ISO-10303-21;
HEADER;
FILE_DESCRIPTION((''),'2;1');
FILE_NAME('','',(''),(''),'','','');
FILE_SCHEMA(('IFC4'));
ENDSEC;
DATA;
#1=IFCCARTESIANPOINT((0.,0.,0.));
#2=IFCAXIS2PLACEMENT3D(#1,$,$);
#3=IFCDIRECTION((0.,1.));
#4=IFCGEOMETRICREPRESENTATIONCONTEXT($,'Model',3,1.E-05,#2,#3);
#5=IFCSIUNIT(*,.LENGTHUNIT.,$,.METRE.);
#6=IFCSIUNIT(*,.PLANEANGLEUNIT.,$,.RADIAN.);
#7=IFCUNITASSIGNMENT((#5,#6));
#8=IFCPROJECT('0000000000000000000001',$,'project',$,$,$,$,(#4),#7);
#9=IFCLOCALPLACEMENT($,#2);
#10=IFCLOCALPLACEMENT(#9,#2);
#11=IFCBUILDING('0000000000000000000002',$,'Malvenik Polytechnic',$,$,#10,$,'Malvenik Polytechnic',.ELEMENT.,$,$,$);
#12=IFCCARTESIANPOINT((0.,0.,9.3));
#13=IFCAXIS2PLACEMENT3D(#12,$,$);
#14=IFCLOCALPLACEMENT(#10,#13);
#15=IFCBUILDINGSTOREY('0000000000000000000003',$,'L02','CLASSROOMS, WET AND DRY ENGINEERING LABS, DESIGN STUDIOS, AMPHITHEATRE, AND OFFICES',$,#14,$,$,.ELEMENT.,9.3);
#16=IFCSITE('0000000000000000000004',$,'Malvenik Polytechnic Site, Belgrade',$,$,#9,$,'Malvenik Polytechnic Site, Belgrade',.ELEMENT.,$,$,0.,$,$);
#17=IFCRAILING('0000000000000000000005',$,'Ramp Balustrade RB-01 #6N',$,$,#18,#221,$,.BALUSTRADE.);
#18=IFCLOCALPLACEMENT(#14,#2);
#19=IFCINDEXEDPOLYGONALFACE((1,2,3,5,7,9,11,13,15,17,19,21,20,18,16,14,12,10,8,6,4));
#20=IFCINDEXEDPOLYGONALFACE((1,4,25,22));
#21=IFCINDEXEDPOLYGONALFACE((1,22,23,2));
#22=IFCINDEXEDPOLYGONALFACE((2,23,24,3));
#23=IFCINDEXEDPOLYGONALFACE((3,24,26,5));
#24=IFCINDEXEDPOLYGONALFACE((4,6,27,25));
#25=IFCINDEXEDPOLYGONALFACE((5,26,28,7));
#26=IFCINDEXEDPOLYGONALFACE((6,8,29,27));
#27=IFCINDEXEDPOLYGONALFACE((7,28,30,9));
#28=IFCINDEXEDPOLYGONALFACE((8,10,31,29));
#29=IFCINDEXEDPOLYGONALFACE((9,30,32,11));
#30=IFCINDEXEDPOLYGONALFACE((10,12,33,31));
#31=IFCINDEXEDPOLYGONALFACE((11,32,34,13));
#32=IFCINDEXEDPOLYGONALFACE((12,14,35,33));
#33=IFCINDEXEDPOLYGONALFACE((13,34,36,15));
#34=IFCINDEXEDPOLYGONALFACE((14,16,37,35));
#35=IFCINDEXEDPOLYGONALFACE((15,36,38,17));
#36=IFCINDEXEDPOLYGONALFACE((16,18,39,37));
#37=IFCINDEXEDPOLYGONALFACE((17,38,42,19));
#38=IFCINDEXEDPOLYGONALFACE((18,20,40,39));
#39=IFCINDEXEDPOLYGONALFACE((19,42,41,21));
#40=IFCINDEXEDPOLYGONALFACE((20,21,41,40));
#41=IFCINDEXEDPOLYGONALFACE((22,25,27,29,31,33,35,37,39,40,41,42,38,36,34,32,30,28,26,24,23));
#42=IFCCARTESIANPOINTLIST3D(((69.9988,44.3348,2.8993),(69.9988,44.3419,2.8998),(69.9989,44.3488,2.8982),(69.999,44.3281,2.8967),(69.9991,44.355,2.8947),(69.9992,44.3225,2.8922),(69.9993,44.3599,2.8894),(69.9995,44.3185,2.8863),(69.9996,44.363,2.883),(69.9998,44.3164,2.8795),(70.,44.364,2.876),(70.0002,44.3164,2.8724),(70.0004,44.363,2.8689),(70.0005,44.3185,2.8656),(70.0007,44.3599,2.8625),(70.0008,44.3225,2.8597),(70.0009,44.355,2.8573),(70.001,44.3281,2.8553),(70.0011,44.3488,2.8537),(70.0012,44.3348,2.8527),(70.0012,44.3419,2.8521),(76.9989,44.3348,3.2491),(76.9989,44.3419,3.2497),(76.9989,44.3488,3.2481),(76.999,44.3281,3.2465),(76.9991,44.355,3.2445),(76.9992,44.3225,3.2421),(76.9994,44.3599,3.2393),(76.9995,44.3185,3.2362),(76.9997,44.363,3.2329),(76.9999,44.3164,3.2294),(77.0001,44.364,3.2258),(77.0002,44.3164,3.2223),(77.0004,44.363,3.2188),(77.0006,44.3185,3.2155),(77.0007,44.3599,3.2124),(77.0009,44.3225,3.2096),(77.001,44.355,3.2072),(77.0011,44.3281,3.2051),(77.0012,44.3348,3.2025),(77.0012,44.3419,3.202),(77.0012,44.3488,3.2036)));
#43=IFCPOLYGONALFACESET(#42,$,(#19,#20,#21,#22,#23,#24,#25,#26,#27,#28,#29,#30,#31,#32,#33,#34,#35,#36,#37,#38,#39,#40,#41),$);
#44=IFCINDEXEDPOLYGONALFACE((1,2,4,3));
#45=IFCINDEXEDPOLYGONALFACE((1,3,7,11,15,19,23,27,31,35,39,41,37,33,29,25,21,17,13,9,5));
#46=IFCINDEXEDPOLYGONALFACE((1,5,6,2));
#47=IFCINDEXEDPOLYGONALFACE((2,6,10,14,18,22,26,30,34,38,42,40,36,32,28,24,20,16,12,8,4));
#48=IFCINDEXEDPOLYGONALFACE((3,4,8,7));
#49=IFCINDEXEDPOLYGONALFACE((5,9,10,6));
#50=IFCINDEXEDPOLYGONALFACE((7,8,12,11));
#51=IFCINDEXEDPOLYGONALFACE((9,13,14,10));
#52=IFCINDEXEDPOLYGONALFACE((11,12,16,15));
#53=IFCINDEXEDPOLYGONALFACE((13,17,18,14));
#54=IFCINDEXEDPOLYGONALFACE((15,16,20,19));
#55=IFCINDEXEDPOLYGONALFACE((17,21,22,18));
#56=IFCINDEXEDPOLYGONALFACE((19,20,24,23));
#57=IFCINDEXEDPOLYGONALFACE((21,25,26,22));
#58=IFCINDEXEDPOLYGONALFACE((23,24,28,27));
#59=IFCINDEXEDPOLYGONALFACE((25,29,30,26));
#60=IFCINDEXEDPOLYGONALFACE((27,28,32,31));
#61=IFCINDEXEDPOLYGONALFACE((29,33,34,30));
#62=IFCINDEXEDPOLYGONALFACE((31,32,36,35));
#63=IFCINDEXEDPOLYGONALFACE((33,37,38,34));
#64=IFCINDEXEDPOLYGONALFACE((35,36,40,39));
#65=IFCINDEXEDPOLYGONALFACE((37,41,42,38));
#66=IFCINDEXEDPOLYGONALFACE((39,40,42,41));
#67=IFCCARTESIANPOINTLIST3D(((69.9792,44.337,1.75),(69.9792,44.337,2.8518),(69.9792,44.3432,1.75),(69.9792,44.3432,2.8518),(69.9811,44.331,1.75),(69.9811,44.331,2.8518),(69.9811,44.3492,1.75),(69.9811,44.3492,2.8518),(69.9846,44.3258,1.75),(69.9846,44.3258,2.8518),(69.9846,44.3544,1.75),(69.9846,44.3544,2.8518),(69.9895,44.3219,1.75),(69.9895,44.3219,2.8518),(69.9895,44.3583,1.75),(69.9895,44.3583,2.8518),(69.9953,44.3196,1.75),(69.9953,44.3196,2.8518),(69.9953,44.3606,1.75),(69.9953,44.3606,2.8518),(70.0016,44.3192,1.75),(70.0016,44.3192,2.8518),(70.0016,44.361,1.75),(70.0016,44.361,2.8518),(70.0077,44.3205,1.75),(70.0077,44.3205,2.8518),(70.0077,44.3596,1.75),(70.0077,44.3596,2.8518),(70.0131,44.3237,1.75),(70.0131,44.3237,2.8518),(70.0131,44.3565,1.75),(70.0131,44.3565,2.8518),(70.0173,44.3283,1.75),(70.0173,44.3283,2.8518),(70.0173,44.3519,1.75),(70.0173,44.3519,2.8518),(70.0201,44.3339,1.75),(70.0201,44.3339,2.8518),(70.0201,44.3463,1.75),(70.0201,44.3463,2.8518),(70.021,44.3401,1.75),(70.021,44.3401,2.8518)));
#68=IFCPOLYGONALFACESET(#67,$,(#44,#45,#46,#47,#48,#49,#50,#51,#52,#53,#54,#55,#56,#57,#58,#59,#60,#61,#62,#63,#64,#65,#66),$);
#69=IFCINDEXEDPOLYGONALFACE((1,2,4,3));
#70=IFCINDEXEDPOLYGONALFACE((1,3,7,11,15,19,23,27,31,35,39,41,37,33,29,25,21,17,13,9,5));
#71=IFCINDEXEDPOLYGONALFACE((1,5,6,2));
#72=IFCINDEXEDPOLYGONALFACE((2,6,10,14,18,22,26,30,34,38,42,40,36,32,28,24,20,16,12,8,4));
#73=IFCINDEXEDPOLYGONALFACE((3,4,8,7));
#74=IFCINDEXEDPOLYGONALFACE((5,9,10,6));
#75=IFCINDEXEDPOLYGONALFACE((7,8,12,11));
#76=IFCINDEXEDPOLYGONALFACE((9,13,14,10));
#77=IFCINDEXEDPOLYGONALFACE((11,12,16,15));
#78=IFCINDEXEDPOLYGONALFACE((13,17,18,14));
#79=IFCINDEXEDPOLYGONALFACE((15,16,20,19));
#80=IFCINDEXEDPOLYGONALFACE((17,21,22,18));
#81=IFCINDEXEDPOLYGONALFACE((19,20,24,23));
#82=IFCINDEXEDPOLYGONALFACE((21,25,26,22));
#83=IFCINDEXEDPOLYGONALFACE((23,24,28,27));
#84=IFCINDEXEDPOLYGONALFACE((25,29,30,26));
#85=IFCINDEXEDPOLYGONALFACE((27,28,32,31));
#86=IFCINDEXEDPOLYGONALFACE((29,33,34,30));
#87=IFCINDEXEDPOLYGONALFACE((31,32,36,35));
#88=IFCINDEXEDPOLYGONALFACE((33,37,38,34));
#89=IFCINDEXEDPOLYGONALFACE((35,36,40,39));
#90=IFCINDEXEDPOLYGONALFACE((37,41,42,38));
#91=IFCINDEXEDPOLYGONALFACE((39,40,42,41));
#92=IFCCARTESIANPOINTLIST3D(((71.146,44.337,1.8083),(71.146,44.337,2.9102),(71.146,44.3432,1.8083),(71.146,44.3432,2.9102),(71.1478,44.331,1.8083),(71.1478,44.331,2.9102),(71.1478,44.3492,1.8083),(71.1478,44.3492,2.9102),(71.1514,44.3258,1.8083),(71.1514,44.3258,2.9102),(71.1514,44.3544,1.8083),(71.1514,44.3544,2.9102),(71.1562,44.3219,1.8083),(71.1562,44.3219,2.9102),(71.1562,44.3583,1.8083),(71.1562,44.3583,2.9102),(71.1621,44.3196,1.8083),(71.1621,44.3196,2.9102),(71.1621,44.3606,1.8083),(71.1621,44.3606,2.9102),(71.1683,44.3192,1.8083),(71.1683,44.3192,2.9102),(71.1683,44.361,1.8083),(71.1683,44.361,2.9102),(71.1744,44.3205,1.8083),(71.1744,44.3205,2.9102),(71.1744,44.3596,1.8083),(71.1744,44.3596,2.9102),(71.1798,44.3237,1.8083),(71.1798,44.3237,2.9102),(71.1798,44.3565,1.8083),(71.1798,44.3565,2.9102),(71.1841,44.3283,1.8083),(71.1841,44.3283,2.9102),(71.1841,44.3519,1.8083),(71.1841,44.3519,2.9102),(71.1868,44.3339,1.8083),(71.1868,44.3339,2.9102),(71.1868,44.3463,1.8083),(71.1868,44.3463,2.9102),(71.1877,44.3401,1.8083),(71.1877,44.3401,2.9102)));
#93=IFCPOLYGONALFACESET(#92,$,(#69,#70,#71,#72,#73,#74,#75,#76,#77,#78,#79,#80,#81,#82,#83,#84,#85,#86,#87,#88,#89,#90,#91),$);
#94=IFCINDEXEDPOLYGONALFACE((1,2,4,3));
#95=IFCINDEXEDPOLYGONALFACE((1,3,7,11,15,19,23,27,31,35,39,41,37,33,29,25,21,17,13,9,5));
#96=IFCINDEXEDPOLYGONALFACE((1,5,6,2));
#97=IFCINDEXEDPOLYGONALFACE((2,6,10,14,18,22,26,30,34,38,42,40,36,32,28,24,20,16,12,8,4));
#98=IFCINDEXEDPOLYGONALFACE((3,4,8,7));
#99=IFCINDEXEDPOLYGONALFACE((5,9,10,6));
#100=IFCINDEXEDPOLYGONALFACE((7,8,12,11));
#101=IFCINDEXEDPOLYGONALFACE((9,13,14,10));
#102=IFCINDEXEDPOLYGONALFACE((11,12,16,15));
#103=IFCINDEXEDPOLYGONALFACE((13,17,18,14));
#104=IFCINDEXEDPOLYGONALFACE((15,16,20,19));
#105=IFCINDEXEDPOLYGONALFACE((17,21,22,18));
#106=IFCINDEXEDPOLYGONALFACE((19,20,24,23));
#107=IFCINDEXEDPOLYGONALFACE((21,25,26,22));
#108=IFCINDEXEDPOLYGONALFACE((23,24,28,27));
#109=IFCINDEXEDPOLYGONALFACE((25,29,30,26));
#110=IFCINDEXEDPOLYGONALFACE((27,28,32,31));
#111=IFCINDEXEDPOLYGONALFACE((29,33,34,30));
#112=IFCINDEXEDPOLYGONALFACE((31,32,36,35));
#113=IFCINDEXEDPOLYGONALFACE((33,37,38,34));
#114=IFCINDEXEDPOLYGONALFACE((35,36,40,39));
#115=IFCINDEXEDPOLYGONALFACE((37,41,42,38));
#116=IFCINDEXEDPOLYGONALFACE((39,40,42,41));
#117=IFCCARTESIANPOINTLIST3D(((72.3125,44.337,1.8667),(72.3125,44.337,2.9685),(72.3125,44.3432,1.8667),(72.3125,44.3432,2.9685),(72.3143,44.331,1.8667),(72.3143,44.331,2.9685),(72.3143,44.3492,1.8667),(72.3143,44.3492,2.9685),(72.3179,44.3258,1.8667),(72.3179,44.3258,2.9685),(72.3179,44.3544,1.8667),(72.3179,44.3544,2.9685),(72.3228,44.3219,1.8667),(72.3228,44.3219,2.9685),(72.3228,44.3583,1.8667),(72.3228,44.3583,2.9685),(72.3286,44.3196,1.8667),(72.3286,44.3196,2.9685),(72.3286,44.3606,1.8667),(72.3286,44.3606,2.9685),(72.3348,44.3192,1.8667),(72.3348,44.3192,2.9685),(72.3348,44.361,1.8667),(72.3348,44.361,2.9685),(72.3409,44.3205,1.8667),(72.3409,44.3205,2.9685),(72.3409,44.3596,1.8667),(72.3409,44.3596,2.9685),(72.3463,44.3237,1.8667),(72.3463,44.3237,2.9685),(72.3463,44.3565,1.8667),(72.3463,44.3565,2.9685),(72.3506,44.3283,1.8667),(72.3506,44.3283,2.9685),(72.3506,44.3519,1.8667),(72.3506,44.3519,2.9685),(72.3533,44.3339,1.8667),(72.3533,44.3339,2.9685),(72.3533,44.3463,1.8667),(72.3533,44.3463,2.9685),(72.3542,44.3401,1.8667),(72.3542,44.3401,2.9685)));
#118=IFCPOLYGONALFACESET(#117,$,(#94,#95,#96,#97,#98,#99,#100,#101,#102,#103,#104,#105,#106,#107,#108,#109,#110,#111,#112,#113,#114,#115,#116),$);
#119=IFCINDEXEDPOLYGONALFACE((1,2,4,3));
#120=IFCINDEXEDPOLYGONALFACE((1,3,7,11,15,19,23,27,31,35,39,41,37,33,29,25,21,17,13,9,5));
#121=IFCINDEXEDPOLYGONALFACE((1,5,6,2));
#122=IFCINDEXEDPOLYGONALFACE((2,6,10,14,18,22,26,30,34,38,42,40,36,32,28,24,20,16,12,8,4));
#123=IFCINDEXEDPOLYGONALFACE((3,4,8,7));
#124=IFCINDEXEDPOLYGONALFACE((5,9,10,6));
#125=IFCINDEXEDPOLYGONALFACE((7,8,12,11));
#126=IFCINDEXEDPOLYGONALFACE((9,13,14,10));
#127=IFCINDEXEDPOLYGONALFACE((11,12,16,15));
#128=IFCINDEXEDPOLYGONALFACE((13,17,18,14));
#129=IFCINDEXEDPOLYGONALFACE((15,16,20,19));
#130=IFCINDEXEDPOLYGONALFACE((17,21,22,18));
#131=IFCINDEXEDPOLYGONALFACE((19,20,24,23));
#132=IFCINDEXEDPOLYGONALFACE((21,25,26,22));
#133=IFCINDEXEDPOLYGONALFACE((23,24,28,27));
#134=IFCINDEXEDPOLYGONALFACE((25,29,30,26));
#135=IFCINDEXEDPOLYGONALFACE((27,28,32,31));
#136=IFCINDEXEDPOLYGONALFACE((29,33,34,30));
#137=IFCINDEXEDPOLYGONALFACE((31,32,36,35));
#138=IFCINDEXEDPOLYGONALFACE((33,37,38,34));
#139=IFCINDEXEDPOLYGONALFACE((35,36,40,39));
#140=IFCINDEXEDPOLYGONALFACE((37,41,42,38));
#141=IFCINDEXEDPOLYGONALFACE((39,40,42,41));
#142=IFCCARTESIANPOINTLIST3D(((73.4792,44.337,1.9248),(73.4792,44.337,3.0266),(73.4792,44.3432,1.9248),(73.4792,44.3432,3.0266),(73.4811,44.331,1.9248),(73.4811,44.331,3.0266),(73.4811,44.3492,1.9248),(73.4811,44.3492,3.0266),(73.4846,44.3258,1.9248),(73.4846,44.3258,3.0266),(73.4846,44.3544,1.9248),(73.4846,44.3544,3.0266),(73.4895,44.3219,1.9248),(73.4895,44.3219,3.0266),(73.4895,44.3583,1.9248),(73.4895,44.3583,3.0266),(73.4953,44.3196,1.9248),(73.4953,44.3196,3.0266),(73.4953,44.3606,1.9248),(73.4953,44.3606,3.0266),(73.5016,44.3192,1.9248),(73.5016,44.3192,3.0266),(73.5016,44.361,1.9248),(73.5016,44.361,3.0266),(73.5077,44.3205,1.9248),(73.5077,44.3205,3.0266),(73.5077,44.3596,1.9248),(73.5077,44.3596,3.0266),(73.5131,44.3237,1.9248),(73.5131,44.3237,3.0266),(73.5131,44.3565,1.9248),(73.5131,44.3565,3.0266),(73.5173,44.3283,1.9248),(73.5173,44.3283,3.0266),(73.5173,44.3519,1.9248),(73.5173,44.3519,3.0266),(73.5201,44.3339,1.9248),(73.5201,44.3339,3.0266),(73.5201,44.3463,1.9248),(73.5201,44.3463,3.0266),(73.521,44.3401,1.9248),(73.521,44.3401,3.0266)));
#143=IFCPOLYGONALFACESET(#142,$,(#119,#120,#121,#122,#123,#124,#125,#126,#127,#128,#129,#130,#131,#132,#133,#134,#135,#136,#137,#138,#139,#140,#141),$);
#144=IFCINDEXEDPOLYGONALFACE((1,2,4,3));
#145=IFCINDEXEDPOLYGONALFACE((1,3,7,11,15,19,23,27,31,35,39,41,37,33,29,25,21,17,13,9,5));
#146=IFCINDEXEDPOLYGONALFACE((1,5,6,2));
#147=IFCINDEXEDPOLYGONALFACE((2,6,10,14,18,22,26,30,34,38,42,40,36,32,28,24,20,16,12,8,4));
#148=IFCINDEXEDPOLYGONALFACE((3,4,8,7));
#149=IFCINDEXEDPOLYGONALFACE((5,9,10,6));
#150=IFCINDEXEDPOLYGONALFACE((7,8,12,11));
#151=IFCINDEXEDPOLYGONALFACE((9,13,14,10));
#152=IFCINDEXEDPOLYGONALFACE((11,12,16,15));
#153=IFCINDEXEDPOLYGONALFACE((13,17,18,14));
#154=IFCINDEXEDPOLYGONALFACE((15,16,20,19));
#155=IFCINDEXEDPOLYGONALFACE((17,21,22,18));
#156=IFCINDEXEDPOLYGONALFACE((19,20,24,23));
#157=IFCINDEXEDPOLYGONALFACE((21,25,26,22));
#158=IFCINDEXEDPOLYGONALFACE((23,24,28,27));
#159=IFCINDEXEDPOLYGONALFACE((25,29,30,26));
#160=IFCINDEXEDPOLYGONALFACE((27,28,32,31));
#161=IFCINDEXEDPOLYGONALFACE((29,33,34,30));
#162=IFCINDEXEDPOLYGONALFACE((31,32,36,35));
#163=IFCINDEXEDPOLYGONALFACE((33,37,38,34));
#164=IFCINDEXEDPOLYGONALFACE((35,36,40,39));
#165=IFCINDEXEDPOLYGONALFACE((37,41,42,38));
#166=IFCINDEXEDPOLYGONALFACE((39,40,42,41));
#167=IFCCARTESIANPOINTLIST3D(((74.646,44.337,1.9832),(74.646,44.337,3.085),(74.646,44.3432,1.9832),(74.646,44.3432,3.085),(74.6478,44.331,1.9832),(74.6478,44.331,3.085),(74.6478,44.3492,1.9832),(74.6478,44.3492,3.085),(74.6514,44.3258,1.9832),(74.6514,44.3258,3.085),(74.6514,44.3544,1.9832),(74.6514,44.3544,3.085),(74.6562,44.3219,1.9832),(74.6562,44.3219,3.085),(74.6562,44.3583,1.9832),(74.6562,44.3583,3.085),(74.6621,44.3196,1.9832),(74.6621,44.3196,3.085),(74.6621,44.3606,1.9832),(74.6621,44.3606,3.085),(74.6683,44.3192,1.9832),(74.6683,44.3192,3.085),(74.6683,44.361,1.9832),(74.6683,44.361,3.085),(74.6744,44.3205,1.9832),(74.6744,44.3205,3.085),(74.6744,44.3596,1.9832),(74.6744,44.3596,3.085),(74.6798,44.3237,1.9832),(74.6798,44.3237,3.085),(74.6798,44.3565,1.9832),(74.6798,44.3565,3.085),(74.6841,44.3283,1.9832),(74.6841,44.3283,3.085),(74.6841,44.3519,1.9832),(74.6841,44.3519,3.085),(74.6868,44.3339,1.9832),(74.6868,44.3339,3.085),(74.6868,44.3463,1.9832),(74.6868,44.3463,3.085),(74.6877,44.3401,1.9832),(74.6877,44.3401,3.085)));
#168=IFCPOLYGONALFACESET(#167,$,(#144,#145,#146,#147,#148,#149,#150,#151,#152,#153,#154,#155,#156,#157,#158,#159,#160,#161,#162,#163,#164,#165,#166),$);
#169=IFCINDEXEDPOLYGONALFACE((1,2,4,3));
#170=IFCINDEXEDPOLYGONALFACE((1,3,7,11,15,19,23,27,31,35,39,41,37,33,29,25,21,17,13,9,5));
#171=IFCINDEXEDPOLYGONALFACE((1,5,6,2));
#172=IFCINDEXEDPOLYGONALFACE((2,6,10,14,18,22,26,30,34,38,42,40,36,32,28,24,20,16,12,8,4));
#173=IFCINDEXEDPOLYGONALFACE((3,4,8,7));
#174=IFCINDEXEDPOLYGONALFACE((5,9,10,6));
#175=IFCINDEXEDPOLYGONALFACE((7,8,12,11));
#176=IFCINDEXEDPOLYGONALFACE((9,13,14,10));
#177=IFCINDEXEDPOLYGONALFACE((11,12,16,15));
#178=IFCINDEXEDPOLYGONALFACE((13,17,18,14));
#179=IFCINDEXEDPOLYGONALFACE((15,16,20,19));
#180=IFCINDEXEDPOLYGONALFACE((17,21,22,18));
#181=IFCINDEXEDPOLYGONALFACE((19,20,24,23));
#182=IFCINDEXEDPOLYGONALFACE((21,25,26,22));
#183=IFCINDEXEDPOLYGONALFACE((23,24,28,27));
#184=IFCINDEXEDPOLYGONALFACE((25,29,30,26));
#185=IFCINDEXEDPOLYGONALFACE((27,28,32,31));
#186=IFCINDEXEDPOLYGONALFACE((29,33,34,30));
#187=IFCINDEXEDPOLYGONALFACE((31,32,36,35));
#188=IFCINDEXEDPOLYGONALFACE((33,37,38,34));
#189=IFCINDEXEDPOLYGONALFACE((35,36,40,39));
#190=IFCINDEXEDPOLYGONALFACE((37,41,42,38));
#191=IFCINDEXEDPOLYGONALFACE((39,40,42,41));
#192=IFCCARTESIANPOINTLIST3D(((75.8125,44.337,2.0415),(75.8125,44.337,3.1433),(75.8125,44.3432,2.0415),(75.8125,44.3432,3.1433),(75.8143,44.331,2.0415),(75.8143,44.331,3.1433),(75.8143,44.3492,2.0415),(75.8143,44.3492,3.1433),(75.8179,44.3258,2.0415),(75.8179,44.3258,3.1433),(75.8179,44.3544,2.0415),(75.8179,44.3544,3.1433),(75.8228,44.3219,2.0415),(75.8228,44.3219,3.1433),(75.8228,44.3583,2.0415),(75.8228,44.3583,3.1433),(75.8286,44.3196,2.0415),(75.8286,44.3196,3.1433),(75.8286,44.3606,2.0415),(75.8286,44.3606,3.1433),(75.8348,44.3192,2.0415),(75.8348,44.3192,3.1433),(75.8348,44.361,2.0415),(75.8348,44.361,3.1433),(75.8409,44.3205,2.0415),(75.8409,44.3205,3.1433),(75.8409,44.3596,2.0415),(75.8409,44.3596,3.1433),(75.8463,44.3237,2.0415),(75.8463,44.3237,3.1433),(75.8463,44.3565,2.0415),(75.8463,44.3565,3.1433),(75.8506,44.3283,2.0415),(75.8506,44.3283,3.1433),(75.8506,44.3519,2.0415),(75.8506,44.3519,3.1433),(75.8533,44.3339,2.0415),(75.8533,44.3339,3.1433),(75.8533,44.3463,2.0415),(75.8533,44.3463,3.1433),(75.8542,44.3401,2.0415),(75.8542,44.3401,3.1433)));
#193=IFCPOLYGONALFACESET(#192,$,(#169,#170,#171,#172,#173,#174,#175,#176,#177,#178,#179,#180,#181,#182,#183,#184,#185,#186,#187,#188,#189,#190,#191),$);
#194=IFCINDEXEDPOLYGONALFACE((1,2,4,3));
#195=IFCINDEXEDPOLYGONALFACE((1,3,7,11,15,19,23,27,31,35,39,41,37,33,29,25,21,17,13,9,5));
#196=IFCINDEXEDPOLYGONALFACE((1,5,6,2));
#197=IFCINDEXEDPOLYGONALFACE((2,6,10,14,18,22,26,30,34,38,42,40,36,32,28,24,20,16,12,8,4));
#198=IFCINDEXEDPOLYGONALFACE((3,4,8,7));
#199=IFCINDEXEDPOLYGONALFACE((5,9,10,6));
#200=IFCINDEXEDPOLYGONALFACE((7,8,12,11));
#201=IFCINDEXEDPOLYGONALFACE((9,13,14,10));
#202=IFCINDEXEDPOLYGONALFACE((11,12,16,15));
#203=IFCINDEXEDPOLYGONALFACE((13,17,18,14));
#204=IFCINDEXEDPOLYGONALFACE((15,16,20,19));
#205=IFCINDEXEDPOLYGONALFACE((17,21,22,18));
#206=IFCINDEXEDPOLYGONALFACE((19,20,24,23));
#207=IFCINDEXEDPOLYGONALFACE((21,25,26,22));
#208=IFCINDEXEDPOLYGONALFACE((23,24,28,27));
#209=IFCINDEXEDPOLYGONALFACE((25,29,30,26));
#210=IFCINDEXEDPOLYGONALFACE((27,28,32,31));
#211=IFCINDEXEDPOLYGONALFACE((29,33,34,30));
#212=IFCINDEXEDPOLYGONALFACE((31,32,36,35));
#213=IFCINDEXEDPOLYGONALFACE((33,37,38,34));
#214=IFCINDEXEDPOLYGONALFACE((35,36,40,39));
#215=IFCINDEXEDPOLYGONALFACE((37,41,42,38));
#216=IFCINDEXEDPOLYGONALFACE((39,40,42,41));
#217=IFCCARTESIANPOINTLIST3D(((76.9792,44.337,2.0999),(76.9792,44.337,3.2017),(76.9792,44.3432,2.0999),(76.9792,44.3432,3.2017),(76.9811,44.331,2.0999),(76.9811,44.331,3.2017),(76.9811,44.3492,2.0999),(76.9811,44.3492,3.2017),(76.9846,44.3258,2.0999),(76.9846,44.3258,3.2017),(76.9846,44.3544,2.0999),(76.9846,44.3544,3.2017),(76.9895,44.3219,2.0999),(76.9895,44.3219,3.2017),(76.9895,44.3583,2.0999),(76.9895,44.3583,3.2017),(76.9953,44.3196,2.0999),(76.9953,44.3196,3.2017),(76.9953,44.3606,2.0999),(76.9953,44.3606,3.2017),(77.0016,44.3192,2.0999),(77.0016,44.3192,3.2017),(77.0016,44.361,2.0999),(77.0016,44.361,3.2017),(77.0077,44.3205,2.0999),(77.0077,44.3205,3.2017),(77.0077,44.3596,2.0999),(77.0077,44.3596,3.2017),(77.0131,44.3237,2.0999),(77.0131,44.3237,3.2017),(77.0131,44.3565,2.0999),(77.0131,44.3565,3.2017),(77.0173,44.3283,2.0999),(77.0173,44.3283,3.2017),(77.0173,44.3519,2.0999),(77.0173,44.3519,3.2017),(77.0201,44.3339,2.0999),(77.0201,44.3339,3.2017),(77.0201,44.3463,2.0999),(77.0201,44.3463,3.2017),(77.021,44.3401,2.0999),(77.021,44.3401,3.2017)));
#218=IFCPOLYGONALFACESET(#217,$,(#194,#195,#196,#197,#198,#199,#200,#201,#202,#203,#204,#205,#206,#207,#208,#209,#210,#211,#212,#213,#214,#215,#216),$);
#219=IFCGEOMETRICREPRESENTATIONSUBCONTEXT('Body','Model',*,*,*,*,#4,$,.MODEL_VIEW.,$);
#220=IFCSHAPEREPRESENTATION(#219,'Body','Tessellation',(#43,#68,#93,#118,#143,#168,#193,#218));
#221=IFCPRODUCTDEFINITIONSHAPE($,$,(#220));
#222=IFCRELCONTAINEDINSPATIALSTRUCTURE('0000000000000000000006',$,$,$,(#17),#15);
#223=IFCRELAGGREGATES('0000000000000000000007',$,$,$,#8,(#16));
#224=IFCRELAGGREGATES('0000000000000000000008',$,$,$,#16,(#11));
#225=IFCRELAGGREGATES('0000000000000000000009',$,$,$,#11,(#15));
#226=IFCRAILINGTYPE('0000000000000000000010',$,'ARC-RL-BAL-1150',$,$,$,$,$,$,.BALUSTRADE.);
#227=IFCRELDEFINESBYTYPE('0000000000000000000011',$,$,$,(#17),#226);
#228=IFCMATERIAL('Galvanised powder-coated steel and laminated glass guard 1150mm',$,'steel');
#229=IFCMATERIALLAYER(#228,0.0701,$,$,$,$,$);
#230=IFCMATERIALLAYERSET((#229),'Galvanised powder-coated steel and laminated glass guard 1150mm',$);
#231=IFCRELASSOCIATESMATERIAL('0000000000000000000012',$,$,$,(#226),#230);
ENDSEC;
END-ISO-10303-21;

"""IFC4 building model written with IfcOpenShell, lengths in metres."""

from ifc_helpers import new_model, si_unit, direction, frame, origin, origin_2d, place, context, subcontext, project, spatial, circle, extrude, material, layer, layer_set, type_object, element, save


model = new_model("IFC4")

# Units and contexts
model_context = context("Model", 3, precision=1e-05, world=origin(), true_north=direction((0.0, 1.0)))
body_context = subcontext(model_context, "Body", "Model", "MODEL_VIEW")
ifc_project = project(units=[si_unit("LENGTHUNIT", "METRE"), si_unit("PLANEANGLEUNIT", "RADIAN")], contexts=[model_context])

# Site, building, storey
site_placement = place(None, origin())
site = spatial("IfcSite", under=ifc_project, at=site_placement, Name="Malvenik Polytechnic Site, Belgrade", LongName="Malvenik Polytechnic Site, Belgrade", CompositionType="ELEMENT", RefElevation=0.0)
building_placement = place(site_placement, origin())
building = spatial("IfcBuilding", under=site, at=building_placement, Name="Malvenik Polytechnic", LongName="Malvenik Polytechnic", CompositionType="ELEMENT")
storey_placement = place(building_placement, frame((0.0, 0.0, 9.3)))
storey = spatial("IfcBuildingStorey", under=building, at=storey_placement, Name="L02", Description="CLASSROOMS, WET AND DRY ENGINEERING LABS, DESIGN STUDIOS, AMPHITHEATRE, AND OFFICES", CompositionType="ELEMENT", Elevation=9.3)

# Railing
ifc_material_1 = material(Name="Galvanised powder-coated steel and laminated glass guard 1150mm", Category="steel")
ifc_layer_1 = layer(ifc_material_1, 0.0701)
ifc_layer_set_1 = layer_set([ifc_layer_1], Name="Galvanised powder-coated steel and laminated glass guard 1150mm")
railing_type_1 = type_object("IfcRailingType", Name="ARC-RL-BAL-1150", PredefinedType="BALUSTRADE", material=ifc_layer_set_1)
railing_1_placement = place(storey_placement, frame((70.0, 44.3401, 1.75)))
element("IfcRailing", 1, at=railing_1_placement, inside=storey, type_object=railing_type_1, Name="Ramp Balustrade RB-01 #6N", PredefinedType="BALUSTRADE", context=body_context, shape_type="SweptSolid", body=[
    extrude(circle(Radius=0.0239, at=origin_2d()), frame((0.0, 0.0, 1.126), z_axis=(0.998753, 0.0, 0.049917), x_axis=(0.0, 1.0, 0.0)), (0.0, 0.0, 1.0), 7.0088),
    extrude(circle(Radius=0.021, at=origin_2d()), origin(), (0.0, 0.0, 1.0), 1.1018),
    extrude(circle(Radius=0.021, at=origin_2d()), frame((1.1667, 0.0, 0.0583)), (0.0, 0.0, 1.0), 1.1018),
    extrude(circle(Radius=0.021, at=origin_2d()), frame((2.3333, 0.0, 0.1167)), (0.0, 0.0, 1.0), 1.1018),
    extrude(circle(Radius=0.021, at=origin_2d()), frame((3.5, 0.0, 0.1748)), (0.0, 0.0, 1.0), 1.1018),
    extrude(circle(Radius=0.021, at=origin_2d()), frame((4.6667, 0.0, 0.2332)), (0.0, 0.0, 1.0), 1.1018),
    extrude(circle(Radius=0.021, at=origin_2d()), frame((5.8333, 0.0, 0.2915)), (0.0, 0.0, 1.0), 1.1018),
    extrude(circle(Radius=0.021, at=origin_2d()), frame((7.0, 0.0, 0.3499)), (0.0, 0.0, 1.0), 1.1018),
])

save(model, "model.ifc")
